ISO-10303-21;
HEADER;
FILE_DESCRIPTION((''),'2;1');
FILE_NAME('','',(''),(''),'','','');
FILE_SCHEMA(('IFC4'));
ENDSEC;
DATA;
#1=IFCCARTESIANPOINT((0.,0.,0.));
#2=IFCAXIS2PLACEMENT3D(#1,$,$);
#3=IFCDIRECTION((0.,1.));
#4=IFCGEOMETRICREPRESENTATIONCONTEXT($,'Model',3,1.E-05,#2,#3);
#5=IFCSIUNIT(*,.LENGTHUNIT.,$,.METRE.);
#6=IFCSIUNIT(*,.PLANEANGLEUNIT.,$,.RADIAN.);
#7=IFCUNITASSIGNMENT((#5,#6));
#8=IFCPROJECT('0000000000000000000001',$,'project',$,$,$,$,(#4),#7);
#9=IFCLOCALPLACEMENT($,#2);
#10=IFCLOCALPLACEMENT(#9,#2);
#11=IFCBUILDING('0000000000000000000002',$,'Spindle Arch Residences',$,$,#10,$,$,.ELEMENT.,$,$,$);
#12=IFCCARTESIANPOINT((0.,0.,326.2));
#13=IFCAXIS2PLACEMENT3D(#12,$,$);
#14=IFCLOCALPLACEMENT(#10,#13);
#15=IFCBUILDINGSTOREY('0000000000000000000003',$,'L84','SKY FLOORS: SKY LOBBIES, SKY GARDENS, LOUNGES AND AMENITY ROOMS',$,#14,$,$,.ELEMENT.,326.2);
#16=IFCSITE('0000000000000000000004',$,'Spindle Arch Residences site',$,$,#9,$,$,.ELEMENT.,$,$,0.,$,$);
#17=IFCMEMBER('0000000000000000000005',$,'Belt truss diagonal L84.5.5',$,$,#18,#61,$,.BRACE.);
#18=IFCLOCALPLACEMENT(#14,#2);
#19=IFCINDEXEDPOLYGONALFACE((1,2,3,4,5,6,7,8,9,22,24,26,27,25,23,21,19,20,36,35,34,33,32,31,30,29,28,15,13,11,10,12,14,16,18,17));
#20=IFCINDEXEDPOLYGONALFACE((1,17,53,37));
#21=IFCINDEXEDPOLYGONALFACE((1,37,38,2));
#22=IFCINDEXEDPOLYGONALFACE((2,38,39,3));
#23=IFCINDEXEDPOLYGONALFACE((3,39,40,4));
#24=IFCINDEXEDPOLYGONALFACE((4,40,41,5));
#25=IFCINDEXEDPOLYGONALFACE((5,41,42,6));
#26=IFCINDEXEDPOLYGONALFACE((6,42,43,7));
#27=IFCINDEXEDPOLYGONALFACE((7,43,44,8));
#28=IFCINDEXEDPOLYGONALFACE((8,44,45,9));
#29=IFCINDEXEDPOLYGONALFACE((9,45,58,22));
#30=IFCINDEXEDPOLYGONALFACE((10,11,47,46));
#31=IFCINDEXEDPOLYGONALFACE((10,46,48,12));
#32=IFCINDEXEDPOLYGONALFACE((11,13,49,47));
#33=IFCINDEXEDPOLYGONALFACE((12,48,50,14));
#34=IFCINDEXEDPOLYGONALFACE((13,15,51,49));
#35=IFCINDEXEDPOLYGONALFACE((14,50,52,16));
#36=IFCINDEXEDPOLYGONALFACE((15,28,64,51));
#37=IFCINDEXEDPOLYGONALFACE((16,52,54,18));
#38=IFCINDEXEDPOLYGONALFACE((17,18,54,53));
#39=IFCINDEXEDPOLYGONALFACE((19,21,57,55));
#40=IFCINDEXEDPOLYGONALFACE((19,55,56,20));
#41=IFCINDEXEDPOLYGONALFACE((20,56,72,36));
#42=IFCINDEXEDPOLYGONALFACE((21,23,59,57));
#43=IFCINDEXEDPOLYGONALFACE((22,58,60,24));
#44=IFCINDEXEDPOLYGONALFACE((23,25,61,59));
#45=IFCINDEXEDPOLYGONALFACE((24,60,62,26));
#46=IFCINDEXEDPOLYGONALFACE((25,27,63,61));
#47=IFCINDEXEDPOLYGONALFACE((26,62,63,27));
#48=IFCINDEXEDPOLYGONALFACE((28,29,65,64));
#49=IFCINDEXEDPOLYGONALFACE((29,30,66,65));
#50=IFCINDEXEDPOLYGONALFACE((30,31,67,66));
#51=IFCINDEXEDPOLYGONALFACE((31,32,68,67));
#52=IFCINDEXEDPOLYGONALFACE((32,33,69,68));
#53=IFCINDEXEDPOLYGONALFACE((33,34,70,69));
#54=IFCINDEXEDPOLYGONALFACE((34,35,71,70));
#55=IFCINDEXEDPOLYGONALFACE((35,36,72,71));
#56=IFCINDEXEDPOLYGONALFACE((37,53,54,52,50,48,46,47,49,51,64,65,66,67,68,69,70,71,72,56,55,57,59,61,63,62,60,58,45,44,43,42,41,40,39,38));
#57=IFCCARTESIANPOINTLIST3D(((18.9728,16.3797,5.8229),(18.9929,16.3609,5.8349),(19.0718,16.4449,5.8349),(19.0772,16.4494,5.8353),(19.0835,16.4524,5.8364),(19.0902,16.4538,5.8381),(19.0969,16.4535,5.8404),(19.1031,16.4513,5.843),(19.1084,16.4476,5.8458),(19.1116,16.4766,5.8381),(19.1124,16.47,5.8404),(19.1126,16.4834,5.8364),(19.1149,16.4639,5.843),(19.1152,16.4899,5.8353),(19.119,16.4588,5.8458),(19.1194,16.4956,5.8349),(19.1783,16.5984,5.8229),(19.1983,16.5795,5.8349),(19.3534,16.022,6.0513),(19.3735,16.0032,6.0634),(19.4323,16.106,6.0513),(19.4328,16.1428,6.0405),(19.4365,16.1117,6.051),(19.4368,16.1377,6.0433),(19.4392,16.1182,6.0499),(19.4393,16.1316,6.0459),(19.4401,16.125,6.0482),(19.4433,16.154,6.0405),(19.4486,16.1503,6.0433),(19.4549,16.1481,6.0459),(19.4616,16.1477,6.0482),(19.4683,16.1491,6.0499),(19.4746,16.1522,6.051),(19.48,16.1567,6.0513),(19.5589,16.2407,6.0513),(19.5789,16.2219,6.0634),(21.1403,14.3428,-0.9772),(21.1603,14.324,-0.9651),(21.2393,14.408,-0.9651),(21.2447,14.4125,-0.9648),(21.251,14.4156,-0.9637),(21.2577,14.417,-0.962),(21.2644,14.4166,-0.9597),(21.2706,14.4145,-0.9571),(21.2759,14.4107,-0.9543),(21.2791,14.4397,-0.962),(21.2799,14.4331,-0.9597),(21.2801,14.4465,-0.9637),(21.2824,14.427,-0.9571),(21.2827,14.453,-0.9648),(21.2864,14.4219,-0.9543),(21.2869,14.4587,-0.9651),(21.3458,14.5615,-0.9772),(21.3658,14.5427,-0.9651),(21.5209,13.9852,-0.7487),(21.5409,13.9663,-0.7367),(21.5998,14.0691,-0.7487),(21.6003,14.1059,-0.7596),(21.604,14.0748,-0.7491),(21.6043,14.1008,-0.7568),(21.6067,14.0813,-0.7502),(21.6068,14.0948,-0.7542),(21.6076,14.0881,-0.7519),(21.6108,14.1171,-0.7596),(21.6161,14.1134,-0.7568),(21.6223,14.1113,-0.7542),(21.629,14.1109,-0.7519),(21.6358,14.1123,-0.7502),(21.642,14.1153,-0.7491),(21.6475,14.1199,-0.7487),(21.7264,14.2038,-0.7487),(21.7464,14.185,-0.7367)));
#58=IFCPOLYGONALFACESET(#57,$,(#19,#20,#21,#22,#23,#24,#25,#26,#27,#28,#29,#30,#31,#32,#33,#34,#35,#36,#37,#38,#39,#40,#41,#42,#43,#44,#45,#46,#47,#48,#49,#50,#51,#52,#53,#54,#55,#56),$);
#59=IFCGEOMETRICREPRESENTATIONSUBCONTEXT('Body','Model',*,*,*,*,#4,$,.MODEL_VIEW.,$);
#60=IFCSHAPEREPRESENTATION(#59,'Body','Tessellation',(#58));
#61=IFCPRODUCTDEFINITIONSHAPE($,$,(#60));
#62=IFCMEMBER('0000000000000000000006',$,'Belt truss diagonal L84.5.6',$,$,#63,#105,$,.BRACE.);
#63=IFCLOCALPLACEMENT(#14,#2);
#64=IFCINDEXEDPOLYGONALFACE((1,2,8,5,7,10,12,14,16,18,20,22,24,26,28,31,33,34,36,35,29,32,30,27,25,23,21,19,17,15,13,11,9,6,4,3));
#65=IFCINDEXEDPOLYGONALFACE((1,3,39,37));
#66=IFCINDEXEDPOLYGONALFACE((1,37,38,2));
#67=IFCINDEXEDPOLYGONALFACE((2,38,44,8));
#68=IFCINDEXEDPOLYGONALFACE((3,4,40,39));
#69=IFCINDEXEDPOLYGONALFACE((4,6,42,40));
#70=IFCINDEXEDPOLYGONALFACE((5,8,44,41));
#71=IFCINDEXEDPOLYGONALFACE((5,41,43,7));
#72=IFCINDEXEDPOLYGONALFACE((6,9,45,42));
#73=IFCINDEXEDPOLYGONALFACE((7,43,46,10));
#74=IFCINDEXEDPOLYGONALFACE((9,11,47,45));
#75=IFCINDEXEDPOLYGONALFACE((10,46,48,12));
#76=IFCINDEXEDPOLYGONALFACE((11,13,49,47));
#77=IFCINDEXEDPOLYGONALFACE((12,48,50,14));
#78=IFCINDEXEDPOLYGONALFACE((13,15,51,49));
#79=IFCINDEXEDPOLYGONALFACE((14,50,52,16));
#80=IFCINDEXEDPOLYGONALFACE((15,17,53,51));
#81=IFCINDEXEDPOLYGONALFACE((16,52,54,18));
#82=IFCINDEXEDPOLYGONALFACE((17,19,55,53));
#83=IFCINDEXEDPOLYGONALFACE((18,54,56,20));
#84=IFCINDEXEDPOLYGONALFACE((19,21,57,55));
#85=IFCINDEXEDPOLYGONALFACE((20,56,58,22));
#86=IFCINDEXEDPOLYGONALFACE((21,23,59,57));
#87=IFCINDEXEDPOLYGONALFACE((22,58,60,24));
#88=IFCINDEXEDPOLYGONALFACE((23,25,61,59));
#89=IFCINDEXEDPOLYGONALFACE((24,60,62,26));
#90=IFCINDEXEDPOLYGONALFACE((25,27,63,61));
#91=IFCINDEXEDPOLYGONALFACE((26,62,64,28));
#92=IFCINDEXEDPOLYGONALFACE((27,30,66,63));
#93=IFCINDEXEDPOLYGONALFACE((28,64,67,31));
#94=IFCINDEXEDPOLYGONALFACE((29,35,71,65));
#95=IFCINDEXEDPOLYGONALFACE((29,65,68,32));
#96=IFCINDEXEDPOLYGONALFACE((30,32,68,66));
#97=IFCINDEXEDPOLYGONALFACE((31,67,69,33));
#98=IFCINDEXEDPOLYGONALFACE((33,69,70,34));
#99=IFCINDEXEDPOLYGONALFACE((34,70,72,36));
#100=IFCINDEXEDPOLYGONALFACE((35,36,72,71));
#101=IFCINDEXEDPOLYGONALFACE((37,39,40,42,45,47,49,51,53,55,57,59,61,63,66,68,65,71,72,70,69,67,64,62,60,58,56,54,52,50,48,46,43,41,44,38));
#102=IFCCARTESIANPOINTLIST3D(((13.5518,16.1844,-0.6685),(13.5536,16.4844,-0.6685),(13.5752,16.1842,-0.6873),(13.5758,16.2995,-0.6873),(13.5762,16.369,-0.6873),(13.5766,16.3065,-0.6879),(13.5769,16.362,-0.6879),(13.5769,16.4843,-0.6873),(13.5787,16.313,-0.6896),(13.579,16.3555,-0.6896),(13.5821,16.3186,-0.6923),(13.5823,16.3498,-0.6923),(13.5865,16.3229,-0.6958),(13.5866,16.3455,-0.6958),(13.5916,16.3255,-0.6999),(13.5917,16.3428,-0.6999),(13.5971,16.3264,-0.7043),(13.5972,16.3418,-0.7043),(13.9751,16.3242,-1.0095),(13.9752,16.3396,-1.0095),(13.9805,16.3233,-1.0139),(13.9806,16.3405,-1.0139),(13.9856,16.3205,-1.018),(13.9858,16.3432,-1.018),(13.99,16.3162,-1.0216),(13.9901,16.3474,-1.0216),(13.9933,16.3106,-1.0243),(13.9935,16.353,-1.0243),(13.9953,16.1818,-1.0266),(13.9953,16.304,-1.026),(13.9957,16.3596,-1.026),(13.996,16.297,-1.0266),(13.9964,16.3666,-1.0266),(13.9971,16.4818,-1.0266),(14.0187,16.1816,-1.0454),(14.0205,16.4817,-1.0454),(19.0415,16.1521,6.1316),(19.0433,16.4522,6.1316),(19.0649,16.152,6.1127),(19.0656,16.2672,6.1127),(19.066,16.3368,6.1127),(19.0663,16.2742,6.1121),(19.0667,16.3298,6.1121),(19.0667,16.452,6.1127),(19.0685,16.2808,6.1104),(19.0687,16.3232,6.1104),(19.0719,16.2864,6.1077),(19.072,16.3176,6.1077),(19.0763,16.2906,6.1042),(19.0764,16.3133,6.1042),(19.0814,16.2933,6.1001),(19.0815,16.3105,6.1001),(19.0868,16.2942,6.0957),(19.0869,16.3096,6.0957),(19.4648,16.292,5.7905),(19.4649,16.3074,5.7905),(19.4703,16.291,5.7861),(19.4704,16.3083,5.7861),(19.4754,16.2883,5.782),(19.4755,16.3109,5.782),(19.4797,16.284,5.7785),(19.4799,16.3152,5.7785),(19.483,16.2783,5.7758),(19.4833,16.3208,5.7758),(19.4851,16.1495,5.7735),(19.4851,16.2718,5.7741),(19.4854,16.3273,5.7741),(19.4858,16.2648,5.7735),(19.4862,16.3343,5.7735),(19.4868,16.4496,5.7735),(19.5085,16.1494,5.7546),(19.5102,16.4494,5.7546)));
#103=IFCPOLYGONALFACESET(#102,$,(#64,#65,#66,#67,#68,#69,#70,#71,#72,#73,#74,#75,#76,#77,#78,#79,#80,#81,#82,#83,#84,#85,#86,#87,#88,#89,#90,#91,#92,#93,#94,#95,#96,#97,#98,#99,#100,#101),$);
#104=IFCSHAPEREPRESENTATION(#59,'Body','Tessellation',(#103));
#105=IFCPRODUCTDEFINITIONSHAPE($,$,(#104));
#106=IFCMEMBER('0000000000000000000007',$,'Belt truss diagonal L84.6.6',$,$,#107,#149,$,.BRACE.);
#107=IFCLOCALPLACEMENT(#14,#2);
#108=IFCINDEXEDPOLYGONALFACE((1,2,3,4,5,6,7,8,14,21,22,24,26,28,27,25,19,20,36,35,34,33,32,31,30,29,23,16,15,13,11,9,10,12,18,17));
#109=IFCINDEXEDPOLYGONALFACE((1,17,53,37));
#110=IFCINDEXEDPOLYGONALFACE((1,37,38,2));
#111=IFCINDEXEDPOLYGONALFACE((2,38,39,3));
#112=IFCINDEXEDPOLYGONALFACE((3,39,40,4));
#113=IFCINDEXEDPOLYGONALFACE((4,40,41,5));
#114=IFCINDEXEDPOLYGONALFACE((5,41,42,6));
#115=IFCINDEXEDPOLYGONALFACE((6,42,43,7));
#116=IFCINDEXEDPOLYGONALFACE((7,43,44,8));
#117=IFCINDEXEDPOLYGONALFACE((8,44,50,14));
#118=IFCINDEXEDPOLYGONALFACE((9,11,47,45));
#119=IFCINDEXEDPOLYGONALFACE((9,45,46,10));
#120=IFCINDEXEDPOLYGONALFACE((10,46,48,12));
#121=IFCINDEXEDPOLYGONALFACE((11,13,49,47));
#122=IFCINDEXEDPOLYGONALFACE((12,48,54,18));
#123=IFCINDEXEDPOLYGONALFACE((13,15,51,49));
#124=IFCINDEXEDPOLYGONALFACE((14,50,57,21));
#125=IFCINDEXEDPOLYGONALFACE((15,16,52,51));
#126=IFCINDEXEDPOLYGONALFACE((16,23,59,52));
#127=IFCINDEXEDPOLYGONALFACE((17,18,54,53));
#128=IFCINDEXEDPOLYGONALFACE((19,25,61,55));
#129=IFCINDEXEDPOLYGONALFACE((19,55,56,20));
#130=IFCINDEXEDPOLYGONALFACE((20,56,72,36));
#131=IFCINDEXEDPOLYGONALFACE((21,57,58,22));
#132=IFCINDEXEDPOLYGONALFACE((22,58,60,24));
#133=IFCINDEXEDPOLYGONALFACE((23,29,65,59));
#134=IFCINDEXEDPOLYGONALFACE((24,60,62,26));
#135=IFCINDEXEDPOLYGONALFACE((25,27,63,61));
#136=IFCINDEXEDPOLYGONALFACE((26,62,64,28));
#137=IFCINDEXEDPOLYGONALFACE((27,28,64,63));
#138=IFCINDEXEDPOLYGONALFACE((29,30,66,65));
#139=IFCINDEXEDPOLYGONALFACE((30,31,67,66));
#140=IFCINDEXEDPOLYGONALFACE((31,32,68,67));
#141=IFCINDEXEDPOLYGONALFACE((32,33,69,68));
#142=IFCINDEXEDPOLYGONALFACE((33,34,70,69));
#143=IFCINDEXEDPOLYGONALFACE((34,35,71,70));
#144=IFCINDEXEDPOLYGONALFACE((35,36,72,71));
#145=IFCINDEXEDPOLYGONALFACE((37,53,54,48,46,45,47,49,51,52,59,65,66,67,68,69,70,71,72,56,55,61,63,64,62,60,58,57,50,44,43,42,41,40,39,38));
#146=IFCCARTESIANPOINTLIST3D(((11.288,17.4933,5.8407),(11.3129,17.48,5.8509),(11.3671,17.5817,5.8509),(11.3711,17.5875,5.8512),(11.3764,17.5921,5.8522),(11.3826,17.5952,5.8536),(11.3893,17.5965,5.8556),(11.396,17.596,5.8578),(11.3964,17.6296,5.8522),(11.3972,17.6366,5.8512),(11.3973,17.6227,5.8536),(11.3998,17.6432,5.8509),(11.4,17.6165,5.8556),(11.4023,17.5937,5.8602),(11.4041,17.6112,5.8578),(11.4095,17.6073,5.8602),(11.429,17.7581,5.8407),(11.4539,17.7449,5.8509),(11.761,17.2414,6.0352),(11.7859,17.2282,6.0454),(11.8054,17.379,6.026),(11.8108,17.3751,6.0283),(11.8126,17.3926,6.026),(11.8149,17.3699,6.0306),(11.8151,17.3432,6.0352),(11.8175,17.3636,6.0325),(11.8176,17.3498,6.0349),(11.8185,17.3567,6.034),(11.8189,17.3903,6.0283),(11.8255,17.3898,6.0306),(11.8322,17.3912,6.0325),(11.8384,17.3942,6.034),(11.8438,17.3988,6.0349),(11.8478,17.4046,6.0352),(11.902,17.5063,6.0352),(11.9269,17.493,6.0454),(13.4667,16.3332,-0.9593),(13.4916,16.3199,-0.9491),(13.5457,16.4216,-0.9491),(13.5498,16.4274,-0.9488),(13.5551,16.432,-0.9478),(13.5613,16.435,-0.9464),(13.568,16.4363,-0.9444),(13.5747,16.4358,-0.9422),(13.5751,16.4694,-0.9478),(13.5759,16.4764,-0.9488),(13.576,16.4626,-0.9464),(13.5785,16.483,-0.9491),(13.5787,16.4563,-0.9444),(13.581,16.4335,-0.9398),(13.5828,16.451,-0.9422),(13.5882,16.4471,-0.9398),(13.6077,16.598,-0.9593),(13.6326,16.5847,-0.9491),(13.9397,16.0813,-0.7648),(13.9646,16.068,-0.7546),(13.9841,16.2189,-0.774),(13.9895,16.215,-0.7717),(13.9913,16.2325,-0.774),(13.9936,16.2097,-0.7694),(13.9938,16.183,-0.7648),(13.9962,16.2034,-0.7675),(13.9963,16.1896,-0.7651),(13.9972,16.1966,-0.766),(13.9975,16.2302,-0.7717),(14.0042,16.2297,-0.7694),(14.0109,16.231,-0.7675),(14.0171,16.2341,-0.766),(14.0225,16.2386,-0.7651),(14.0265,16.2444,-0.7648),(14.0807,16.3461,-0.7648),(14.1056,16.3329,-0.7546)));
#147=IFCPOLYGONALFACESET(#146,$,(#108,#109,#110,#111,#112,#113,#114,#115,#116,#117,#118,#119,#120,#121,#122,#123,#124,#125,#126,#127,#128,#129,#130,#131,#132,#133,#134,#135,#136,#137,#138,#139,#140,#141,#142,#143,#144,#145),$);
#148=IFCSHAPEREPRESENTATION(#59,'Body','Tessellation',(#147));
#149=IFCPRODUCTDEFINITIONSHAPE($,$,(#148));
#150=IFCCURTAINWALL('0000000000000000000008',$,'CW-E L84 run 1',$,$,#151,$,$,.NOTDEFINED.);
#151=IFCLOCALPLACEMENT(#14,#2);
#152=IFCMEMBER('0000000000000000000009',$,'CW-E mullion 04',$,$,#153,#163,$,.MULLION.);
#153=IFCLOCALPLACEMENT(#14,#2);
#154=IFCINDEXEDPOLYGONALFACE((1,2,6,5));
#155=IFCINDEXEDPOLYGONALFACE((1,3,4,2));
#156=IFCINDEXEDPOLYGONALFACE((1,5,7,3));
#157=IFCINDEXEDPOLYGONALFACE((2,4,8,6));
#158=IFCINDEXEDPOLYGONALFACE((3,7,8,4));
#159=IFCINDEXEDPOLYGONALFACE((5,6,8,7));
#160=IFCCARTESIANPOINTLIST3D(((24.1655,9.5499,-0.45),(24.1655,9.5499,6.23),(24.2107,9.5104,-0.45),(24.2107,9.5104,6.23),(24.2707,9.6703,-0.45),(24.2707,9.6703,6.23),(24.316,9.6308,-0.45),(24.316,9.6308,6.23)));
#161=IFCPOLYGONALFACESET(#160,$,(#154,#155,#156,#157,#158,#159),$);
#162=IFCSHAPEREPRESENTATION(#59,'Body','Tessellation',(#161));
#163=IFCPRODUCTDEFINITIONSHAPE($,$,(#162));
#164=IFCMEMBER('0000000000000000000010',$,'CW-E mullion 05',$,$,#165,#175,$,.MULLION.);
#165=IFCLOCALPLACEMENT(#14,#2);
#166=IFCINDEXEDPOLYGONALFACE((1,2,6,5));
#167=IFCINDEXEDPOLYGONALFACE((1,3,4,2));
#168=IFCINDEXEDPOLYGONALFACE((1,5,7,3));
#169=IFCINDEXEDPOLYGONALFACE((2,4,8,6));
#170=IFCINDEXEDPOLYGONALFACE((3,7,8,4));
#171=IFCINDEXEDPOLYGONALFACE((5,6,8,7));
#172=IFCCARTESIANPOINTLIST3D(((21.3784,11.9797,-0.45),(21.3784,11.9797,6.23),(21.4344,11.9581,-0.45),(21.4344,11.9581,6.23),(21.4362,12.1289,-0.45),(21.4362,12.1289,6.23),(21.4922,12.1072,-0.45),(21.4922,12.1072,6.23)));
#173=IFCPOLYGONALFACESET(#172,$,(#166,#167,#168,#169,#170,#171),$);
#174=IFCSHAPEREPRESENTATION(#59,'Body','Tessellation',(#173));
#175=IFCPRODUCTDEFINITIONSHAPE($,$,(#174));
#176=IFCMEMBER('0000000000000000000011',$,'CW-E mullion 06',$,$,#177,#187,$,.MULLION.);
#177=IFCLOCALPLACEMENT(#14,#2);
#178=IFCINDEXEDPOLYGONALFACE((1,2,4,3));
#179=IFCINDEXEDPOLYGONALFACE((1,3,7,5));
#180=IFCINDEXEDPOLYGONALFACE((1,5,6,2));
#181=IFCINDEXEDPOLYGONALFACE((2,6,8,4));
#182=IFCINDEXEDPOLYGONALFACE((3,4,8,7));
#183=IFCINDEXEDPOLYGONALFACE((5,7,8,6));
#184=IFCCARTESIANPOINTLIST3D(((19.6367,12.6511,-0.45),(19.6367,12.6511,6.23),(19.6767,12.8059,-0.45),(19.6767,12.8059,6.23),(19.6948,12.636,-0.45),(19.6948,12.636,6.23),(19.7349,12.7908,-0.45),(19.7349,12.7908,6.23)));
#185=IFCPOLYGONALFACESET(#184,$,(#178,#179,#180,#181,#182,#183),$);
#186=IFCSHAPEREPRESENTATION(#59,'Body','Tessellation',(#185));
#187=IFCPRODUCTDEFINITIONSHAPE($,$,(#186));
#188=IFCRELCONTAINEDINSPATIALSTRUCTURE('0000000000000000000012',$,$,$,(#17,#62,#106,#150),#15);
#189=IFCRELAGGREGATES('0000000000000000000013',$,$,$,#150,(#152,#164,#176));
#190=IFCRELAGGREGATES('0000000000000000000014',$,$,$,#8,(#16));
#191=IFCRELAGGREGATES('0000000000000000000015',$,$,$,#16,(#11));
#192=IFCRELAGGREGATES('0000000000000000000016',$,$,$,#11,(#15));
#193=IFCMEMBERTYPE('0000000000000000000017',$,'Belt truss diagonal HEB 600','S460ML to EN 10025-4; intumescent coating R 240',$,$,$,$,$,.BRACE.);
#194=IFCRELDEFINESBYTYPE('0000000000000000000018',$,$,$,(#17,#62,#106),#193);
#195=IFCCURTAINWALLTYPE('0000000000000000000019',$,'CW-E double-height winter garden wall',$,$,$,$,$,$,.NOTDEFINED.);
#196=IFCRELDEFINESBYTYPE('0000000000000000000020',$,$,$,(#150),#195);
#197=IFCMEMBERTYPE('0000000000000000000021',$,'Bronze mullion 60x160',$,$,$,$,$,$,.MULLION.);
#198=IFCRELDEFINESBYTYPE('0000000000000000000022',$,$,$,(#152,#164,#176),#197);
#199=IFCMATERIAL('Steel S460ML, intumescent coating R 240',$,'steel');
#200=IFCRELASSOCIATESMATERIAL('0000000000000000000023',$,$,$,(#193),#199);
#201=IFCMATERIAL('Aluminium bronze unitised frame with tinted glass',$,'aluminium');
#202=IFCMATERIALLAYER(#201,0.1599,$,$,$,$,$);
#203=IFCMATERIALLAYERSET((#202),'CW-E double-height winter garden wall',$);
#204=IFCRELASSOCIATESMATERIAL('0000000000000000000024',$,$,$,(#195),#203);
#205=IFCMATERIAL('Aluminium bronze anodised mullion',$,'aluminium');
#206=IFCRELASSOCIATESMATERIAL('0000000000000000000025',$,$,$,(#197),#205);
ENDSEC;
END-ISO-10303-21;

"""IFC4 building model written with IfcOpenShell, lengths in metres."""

from ifc_helpers import new_model, si_unit, direction, frame, origin, origin_2d, place, context, subcontext, project, spatial, rectangle, i_section, extrude, material, layer, layer_set, material_profile, profile_set, type_object, element, aggregate, save


model = new_model("IFC4")

# Units and contexts
model_context = context("Model", 3, precision=1e-05, world=origin(), true_north=direction((0.0, 1.0)))
body_context = subcontext(model_context, "Body", "Model", "MODEL_VIEW")
ifc_project = project(units=[si_unit("LENGTHUNIT", "METRE"), si_unit("PLANEANGLEUNIT", "RADIAN")], contexts=[model_context])

# Site, building, storey
site_placement = place(None, origin())
site = spatial("IfcSite", under=ifc_project, at=site_placement, Name="Spindle Arch Residences site", CompositionType="ELEMENT", RefElevation=0.0)
building_placement = place(site_placement, origin())
building = spatial("IfcBuilding", under=site, at=building_placement, Name="Spindle Arch Residences", CompositionType="ELEMENT")
storey_placement = place(building_placement, frame((0.0, 0.0, 326.2)))
storey = spatial("IfcBuildingStorey", under=building, at=storey_placement, Name="L84", Description="SKY FLOORS: SKY LOBBIES, SKY GARDENS, LOUNGES AND AMENITY ROOMS", CompositionType="ELEMENT", Elevation=326.2)

# Members
ifc_material_1 = material(Name="Steel S460ML, intumescent coating R 240", Category="steel")
ifc_material_profile_1 = material_profile(ifc_material_1, i_section(OverallWidth=0.3, OverallDepth=0.6001, WebThickness=0.0154, FlangeThickness=0.03, FilletRadius=0.0271, at=origin_2d()), Name="HEB 600")
ifc_profile_set_1 = profile_set([ifc_material_profile_1], Name="Steel S460ML, intumescent coating R 240")
member_type_1 = type_object("IfcMemberType", Name="Belt truss diagonal HEB 600", Description="S460ML to EN 10025-4; intumescent coating R 240", PredefinedType="BRACE", material=ifc_profile_set_1)
member_1_placement = place(storey_placement, frame((21.4434, 14.2639, -0.8569), z_axis=(-0.292031, 0.274433, 0.91619), x_axis=(-0.684809, -0.728723, 0.0)))
element("IfcMember", 1, at=member_1_placement, inside=storey, type_object=member_type_1, Name="Belt truss diagonal L84.5.5", PredefinedType="BRACE", context=body_context, shape_type="SweptSolid", body=[
    extrude(i_section(OverallWidth=0.3, OverallDepth=0.6001, WebThickness=0.0154, FlangeThickness=0.03, FilletRadius=0.0271, at=origin_2d()), origin(), (0.0, 0.0, 1.0), 7.4221),
])
member_2_placement = place(storey_placement, frame((13.7861, 16.333, -0.8569), z_axis=(0.628153, -0.003687, 0.778081), x_axis=(0.00587, 0.999983, 0.0)))
element("IfcMember", 2, at=member_2_placement, inside=storey, type_object=member_type_1, Name="Belt truss diagonal L84.5.6", PredefinedType="BRACE", context=body_context, shape_type="SweptSolid", body=[
    extrude(i_section(OverallWidth=0.3, OverallDepth=0.6001, WebThickness=0.0154, FlangeThickness=0.03, FilletRadius=0.0271, at=origin_2d()), origin(), (0.0, 0.0, 1.0), 8.7395),
])
member_3_placement = place(storey_placement, frame((13.7861, 16.333, -0.8569), z_axis=(-0.301169, 0.160371, 0.939988), x_axis=(-0.470013, -0.882659, 0.0)))
element("IfcMember", 3, at=member_3_placement, inside=storey, type_object=member_type_1, Name="Belt truss diagonal L84.6.6", PredefinedType="BRACE", context=body_context, shape_type="SweptSolid", body=[
    extrude(i_section(OverallWidth=0.3, OverallDepth=0.6001, WebThickness=0.0154, FlangeThickness=0.03, FilletRadius=0.0271, at=origin_2d()), origin(), (0.0, 0.0, 1.0), 7.2341),
])

# Curtain wall, members
ifc_material_2 = material(Name="Aluminium bronze unitised frame with tinted glass", Category="aluminium")
ifc_layer_1 = layer(ifc_material_2, 0.1599)
ifc_layer_set_1 = layer_set([ifc_layer_1], Name="CW-E double-height winter garden wall")
curtain_wall_type = type_object("IfcCurtainWallType", Name="CW-E double-height winter garden wall", PredefinedType="NOTDEFINED", material=ifc_layer_set_1)
curtain_wall_placement = place(storey_placement, origin())
curtain_wall = element("IfcCurtainWall", 4, at=curtain_wall_placement, inside=storey, type_object=curtain_wall_type, Name="CW-E L84 run 1", PredefinedType="NOTDEFINED")
ifc_material_3 = material(Name="Aluminium bronze anodised mullion", Category="aluminium")
ifc_material_profile_2 = material_profile(ifc_material_3, rectangle(XDim=0.1599, YDim=0.0601, at=origin_2d()), Name="MU 60x160")
ifc_profile_set_2 = profile_set([ifc_material_profile_2], Name="Aluminium bronze anodised mullion")
member_type_2 = type_object("IfcMemberType", Name="Bronze mullion 60x160", PredefinedType="MULLION", material=ifc_profile_set_2)
member_4_placement = place(storey_placement, frame((24.2407, 9.5903, -0.45), z_axis=(0.0, 0.0, 1.0), x_axis=(-0.658252, -0.752798, 0.0)))
member_4 = element("IfcMember", 5, at=member_4_placement, type_object=member_type_2, Name="CW-E mullion 04", PredefinedType="MULLION", context=body_context, shape_type="SweptSolid", body=[
    extrude(rectangle(XDim=0.1599, YDim=0.0601, at=origin_2d()), origin(), (0.0, 0.0, 1.0), 6.6799),
])
member_5_placement = place(storey_placement, frame((21.4353, 12.0435, -0.45), z_axis=(0.0, 0.0, 1.0), x_axis=(-0.361082, -0.932534, 0.0)))
member_5 = element("IfcMember", 6, at=member_5_placement, type_object=member_type_2, Name="CW-E mullion 05", PredefinedType="MULLION", context=body_context, shape_type="SweptSolid", body=[
    extrude(rectangle(XDim=0.1599, YDim=0.0601, at=origin_2d()), origin(), (0.0, 0.0, 1.0), 6.6799),
])
member_6_placement = place(storey_placement, frame((19.6858, 12.7209, -0.45), z_axis=(0.0, 0.0, 1.0), x_axis=(-0.25038, -0.968148, 0.0)))
member_6 = element("IfcMember", 7, at=member_6_placement, type_object=member_type_2, Name="CW-E mullion 06", PredefinedType="MULLION", context=body_context, shape_type="SweptSolid", body=[
    extrude(rectangle(XDim=0.1599, YDim=0.0601, at=origin_2d()), origin(), (0.0, 0.0, 1.0), 6.6799),
])
aggregate(curtain_wall, [member_4, member_5, member_6])

save(model, "model.ifc")
